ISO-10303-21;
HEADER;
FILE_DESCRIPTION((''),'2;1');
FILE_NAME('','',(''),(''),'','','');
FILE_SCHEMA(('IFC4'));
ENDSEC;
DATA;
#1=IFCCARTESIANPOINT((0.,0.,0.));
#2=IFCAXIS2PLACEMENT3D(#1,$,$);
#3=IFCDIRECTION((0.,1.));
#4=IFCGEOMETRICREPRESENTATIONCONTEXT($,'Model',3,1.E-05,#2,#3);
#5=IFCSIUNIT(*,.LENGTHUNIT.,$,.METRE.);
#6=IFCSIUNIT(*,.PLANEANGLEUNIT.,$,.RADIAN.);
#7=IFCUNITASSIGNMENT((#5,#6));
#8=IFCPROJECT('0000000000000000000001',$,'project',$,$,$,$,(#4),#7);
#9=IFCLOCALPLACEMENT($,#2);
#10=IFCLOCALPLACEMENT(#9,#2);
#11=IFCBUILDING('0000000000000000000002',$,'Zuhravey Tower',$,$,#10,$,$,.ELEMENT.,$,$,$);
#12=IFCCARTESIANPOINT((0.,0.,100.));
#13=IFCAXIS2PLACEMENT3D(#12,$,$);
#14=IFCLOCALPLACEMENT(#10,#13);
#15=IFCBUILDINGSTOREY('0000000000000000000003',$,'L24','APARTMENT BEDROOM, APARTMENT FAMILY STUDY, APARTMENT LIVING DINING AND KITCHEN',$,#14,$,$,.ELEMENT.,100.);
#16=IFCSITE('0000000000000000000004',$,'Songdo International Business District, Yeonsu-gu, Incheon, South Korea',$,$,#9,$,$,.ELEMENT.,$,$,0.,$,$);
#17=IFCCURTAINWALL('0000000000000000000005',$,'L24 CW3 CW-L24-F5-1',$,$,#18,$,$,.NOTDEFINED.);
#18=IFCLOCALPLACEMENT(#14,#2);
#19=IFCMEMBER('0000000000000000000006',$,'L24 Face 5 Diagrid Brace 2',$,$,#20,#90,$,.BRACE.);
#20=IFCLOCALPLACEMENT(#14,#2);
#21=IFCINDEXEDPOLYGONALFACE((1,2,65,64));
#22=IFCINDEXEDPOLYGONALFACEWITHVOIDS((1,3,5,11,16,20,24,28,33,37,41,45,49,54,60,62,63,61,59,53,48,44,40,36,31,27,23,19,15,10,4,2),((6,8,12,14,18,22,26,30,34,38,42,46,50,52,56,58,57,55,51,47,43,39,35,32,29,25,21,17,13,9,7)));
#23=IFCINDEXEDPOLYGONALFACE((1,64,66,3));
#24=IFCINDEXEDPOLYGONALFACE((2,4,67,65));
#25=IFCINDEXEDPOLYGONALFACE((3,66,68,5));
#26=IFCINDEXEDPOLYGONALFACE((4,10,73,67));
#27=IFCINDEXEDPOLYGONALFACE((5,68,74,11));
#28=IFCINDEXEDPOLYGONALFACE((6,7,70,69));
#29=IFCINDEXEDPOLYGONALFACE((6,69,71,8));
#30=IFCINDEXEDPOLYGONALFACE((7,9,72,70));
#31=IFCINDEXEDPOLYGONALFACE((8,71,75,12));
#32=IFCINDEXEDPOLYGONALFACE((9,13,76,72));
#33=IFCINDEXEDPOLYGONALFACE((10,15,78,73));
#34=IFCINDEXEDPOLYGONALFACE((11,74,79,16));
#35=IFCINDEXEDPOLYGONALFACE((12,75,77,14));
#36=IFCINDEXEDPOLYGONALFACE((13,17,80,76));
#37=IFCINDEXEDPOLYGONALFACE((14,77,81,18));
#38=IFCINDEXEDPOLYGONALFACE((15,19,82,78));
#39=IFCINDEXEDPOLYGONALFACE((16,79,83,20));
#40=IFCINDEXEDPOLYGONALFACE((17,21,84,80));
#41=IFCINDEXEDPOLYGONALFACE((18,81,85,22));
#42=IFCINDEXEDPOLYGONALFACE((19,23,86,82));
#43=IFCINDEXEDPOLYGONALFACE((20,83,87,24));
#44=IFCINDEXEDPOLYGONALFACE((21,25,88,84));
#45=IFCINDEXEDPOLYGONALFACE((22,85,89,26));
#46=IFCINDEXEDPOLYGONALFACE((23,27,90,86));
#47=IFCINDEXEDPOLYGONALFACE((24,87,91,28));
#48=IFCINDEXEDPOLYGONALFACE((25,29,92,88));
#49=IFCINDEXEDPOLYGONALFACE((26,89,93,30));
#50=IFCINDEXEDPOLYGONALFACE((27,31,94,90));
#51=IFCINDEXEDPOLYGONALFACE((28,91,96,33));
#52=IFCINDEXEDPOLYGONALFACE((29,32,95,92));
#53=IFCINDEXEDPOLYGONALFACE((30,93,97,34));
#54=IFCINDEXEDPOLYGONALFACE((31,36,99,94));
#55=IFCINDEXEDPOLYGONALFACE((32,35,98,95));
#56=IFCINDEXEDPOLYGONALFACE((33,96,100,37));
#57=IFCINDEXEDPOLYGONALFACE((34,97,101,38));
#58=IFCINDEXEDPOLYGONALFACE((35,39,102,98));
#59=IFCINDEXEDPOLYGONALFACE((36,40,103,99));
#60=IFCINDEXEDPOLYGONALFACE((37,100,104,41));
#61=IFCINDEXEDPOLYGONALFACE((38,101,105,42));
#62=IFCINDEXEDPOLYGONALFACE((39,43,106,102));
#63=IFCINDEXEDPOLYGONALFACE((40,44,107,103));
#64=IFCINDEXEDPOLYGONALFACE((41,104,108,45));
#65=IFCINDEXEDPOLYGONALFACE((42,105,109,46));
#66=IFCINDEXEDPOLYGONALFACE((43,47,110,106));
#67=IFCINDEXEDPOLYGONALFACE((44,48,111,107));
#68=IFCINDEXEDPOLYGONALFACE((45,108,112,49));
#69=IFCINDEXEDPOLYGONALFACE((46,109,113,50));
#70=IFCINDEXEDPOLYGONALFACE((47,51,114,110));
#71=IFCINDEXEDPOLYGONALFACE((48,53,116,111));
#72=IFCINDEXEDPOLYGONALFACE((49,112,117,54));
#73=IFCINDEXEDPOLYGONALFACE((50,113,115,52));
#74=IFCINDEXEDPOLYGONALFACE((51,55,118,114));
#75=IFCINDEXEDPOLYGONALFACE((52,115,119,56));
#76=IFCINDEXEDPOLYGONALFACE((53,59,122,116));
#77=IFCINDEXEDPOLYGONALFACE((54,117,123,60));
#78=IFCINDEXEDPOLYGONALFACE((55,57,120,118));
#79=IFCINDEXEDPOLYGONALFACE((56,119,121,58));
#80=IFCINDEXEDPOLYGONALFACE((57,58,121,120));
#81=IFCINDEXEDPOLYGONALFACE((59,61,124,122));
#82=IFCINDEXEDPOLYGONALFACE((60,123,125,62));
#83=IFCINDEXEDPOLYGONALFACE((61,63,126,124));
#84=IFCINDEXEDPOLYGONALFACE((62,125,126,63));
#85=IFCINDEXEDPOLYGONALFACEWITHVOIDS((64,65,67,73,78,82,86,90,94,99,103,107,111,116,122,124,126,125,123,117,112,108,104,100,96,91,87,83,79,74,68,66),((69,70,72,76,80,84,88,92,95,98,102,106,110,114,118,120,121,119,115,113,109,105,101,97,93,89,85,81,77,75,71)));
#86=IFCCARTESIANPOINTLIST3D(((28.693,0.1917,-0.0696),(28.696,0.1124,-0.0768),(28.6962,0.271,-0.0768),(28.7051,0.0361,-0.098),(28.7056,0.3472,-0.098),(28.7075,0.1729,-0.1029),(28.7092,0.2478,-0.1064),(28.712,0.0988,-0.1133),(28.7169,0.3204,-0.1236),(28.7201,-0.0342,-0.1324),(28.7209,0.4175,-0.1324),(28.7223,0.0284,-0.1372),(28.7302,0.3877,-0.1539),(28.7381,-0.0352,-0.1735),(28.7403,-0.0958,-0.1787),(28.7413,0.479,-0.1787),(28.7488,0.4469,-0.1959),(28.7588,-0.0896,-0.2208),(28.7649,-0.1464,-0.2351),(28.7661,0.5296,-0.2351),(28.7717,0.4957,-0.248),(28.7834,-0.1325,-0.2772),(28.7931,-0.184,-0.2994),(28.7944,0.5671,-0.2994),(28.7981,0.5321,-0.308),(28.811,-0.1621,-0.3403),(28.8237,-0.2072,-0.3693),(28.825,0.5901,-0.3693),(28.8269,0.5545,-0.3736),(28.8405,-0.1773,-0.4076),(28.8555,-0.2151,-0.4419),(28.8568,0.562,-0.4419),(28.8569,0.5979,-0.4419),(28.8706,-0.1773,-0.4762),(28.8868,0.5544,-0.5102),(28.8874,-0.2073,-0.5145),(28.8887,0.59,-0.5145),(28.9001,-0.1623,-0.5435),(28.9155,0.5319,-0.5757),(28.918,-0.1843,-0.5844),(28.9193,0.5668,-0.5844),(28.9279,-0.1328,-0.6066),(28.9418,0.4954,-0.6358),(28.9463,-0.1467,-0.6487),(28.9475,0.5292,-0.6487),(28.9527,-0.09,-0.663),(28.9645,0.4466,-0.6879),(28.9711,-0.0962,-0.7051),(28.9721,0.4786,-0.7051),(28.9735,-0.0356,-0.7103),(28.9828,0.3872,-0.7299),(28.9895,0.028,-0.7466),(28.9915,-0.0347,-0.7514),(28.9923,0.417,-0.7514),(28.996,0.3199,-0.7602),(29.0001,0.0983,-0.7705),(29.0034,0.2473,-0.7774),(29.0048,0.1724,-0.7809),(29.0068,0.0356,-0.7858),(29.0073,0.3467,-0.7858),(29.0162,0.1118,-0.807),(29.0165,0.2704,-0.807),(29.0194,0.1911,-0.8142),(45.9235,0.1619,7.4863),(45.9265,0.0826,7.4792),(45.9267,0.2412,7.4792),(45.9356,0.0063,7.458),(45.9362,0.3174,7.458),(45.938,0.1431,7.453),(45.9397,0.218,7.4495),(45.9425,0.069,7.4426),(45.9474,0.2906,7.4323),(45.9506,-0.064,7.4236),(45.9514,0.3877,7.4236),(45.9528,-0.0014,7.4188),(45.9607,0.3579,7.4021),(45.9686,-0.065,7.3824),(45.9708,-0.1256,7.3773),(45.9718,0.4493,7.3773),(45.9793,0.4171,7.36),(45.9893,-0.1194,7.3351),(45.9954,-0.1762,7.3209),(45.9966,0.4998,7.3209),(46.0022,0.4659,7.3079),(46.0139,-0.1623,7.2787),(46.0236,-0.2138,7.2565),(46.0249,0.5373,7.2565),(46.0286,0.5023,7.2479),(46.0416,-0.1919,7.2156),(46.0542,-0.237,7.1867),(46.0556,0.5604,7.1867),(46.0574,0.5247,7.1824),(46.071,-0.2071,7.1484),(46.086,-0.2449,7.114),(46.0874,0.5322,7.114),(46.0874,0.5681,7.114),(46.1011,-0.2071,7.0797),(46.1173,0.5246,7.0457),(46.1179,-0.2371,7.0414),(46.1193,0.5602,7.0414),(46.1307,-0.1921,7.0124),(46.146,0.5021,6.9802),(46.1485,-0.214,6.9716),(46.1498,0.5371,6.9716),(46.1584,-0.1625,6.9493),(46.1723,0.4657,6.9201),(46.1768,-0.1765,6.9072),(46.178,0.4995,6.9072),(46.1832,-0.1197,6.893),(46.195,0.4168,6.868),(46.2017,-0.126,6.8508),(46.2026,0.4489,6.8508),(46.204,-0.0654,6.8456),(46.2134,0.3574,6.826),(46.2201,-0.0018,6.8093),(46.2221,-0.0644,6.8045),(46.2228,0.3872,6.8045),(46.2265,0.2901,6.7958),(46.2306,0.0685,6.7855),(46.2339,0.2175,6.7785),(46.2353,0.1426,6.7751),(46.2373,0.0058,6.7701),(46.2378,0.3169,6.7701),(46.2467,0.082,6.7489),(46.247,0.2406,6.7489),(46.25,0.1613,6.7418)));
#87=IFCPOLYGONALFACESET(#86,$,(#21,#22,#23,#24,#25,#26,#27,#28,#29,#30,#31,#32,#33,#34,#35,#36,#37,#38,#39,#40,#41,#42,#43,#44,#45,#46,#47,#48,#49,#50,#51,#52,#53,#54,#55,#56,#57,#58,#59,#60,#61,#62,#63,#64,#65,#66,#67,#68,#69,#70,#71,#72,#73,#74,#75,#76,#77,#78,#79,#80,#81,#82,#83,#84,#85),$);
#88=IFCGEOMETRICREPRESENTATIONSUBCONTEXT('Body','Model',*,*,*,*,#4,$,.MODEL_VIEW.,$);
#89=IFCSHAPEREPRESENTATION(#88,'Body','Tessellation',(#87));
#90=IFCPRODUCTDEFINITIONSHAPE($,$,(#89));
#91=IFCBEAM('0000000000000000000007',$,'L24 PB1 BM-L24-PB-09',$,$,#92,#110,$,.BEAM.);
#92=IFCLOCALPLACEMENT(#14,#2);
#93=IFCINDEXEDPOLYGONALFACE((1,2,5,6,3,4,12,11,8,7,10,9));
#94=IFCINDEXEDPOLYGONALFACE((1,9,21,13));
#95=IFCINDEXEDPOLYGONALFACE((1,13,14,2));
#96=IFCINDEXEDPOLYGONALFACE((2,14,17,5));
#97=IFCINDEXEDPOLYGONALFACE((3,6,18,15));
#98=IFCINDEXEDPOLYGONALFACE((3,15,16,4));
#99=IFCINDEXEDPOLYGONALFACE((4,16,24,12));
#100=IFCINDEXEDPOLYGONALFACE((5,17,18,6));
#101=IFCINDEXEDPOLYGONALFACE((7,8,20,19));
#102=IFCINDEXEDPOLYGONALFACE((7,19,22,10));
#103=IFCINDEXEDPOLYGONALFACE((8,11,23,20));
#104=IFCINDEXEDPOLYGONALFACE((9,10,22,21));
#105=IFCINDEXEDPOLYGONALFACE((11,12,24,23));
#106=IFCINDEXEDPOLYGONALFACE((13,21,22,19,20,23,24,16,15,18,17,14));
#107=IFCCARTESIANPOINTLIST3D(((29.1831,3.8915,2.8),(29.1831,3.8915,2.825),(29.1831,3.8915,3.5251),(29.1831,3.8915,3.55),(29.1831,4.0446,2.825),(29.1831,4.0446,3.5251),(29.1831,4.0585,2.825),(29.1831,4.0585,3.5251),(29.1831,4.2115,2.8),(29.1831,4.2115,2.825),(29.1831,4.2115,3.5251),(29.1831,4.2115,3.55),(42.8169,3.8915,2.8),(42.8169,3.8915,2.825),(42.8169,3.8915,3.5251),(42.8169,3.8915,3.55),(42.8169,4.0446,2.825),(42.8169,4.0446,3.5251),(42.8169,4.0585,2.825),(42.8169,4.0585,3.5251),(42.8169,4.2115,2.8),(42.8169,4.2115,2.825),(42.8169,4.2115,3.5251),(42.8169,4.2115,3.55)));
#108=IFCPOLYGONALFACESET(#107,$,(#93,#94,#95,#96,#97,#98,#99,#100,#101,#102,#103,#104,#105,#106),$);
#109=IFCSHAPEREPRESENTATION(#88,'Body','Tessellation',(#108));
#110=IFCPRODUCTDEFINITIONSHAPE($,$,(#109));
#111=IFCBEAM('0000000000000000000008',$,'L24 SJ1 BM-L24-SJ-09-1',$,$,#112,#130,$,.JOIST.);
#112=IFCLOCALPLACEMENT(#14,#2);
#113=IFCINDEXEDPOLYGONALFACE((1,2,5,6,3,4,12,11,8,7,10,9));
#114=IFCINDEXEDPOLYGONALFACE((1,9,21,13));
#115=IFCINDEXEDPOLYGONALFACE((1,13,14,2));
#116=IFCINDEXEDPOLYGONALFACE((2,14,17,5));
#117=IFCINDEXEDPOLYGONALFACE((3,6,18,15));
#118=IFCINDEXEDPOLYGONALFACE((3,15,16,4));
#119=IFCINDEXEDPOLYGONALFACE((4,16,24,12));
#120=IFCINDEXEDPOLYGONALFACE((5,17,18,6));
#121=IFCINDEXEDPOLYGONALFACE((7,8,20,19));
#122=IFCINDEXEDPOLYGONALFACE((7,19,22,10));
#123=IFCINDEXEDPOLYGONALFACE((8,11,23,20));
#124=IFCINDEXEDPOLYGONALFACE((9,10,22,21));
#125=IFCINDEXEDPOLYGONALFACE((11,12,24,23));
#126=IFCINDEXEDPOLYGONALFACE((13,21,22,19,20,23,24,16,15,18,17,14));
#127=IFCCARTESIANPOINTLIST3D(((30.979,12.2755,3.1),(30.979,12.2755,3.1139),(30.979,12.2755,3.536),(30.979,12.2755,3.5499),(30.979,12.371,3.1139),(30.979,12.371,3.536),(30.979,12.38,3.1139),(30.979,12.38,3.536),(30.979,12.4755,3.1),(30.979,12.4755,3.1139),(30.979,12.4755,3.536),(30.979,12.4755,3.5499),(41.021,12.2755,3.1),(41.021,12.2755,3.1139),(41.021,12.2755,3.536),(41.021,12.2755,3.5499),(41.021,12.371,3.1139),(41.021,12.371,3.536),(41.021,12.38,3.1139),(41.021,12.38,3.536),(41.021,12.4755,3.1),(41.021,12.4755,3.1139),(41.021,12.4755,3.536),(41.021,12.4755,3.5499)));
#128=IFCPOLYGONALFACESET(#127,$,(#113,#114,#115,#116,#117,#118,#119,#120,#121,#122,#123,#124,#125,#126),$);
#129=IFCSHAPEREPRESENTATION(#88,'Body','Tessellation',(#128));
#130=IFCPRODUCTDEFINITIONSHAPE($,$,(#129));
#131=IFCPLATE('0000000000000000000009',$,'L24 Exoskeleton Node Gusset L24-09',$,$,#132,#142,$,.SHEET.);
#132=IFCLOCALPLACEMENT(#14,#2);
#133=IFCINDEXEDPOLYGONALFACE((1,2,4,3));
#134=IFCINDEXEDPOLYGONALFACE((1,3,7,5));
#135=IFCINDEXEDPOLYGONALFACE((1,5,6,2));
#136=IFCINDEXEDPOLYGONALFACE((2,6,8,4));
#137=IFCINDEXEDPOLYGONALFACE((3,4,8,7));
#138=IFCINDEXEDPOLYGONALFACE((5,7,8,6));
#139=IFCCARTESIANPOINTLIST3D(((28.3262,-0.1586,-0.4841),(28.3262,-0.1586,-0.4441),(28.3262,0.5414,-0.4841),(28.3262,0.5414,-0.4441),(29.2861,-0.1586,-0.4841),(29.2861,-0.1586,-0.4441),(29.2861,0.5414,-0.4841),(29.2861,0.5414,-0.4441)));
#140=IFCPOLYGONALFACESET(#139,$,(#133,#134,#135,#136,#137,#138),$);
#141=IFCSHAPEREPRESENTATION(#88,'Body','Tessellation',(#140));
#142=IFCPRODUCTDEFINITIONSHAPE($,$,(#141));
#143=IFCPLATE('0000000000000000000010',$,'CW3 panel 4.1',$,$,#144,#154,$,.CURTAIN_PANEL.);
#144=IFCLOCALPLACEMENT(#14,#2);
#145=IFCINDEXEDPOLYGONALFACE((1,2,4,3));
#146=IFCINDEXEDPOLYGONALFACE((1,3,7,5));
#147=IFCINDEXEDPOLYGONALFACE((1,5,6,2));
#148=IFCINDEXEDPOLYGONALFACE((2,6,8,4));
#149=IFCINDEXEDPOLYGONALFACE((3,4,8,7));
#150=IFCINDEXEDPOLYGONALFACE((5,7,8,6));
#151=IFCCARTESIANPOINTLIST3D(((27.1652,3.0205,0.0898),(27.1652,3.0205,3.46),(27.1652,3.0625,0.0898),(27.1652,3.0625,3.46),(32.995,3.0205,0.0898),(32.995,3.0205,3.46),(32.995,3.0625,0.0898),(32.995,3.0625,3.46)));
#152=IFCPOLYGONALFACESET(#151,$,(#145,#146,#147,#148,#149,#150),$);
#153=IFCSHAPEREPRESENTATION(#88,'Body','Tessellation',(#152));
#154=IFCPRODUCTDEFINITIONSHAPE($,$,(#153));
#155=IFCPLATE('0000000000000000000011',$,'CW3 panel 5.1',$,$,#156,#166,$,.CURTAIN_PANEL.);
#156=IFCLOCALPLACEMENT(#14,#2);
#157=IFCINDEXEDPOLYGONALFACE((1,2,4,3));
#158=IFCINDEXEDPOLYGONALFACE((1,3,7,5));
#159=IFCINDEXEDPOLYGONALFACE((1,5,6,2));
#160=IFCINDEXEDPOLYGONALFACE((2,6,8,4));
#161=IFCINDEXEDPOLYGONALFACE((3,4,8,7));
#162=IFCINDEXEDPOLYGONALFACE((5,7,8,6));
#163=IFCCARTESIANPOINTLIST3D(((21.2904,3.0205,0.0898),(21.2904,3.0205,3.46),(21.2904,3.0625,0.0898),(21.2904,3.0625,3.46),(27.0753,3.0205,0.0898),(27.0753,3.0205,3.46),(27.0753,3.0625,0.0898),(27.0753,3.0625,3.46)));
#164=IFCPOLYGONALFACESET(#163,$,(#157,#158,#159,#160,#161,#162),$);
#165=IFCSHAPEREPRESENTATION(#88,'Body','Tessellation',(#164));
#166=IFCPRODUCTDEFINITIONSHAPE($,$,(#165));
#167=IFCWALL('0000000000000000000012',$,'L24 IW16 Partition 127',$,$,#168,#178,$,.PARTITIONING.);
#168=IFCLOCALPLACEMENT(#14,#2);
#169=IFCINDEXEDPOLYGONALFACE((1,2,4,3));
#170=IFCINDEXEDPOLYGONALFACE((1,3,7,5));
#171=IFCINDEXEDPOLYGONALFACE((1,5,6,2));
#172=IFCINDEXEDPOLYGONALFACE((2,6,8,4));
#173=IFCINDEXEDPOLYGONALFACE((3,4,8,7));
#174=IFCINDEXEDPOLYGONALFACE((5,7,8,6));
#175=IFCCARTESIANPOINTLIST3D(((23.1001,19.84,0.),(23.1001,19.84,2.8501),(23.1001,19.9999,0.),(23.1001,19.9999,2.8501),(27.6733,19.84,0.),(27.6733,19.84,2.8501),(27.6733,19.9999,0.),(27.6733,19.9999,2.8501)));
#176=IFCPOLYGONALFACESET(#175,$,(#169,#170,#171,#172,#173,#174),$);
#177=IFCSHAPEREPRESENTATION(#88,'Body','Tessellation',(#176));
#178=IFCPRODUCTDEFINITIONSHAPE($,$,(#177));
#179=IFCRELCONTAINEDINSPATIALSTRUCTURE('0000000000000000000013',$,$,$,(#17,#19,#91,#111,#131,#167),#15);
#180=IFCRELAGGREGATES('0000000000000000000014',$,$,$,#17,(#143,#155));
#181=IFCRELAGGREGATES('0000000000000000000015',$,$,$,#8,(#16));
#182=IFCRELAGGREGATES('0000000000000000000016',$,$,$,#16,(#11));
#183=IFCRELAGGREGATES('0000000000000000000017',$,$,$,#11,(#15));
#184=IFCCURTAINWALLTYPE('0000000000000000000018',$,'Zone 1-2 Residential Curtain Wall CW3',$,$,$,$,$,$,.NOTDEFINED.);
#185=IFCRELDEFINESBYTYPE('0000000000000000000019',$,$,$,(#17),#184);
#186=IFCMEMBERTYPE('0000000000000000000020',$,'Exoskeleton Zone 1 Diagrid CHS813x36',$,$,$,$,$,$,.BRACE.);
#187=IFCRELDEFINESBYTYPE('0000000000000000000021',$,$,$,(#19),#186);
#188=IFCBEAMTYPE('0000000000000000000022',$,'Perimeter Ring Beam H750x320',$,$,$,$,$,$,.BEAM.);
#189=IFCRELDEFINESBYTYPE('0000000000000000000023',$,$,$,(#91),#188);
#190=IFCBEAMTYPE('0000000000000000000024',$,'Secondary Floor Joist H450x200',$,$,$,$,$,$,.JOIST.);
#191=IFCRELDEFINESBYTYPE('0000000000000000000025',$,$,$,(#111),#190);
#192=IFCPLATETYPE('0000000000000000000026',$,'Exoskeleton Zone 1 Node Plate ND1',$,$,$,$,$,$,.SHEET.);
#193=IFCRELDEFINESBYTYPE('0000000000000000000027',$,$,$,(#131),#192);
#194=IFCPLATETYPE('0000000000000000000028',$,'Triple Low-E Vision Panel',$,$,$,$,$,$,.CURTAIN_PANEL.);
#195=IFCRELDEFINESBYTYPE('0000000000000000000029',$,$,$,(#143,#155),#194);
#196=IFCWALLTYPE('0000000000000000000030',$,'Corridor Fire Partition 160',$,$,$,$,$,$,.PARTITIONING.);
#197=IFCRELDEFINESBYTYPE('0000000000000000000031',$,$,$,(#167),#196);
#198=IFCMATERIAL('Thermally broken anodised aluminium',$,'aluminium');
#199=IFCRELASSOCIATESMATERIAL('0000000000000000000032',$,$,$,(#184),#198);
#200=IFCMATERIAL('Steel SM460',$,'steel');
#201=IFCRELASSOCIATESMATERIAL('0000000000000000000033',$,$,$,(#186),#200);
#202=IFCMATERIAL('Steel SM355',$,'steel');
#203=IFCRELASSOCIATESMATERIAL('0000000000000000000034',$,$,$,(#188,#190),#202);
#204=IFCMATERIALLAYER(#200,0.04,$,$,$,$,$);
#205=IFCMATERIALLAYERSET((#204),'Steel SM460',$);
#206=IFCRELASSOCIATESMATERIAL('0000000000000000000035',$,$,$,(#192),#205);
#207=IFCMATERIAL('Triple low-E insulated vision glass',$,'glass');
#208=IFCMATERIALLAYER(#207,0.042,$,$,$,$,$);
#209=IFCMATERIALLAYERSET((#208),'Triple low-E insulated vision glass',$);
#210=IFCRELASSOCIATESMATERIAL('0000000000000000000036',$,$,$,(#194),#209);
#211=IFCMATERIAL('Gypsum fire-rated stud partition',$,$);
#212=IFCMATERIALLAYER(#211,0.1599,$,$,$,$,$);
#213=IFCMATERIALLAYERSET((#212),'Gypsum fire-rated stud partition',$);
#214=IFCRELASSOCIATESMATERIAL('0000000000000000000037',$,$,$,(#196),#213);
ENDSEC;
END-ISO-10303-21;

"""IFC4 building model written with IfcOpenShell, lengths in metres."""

from ifc_helpers import new_model, si_unit, direction, frame, frame_2d, origin, origin_2d, place, context, subcontext, project, spatial, rectangle, hollow_circle, i_section, extrude, material, layer, layer_set, material_profile, profile_set, type_object, element, aggregate, save


model = new_model("IFC4")

# Units and contexts
model_context = context("Model", 3, precision=1e-05, world=origin(), true_north=direction((0.0, 1.0)))
body_context = subcontext(model_context, "Body", "Model", "MODEL_VIEW")
ifc_project = project(units=[si_unit("LENGTHUNIT", "METRE"), si_unit("PLANEANGLEUNIT", "RADIAN")], contexts=[model_context])

# Site, building, storey
site_placement = place(None, origin())
site = spatial("IfcSite", under=ifc_project, at=site_placement, Name="Songdo International Business District, Yeonsu-gu, Incheon, South Korea", CompositionType="ELEMENT", RefElevation=0.0)
building_placement = place(site_placement, origin())
building = spatial("IfcBuilding", under=site, at=building_placement, Name="Zuhravey Tower", CompositionType="ELEMENT")
storey_placement = place(building_placement, frame((0.0, 0.0, 100.0)))
storey = spatial("IfcBuildingStorey", under=building, at=storey_placement, Name="L24", Description="APARTMENT BEDROOM, APARTMENT FAMILY STUDY, APARTMENT LIVING DINING AND KITCHEN", CompositionType="ELEMENT", Elevation=100.0)

# Curtain wall
ifc_material_1 = material(Name="Thermally broken anodised aluminium", Category="aluminium")
curtain_wall_type = type_object("IfcCurtainWallType", Name="Zone 1-2 Residential Curtain Wall CW3", PredefinedType="NOTDEFINED", material=ifc_material_1)
curtain_wall_placement = place(storey_placement, origin())
curtain_wall = element("IfcCurtainWall", 1, at=curtain_wall_placement, inside=storey, type_object=curtain_wall_type, Name="L24 CW3 CW-L24-F5-1", PredefinedType="NOTDEFINED")

# Member
ifc_material_2 = material(Name="Steel SM355", Category="steel")
ifc_material_3 = material(Name="Steel SM460", Category="steel")
ifc_material_profile_1 = material_profile(ifc_material_3, hollow_circle(Radius=0.4065, WallThickness=0.0359, at=origin_2d()), Name="CHS-812.8x36")
ifc_profile_set_1 = profile_set([ifc_material_profile_1], Name="Steel SM460")
member_type_1 = type_object("IfcMemberType", Name="Exoskeleton Zone 1 Diagrid CHS813x36", PredefinedType="BRACE", material=ifc_profile_set_1)
member_1_placement = place(storey_placement, frame((28.8562, 0.1914, -0.4419), z_axis=(0.915813, -0.001583, 0.401602), x_axis=(0.001729, 0.999999, 0.0)))
element("IfcMember", 2, at=member_1_placement, inside=storey, type_object=member_type_1, Name="L24 Face 5 Diagrid Brace 2", PredefinedType="BRACE", context=body_context, shape_type="SweptSolid", body=[
    extrude(hollow_circle(Radius=0.4065, WallThickness=0.0359, at=origin_2d()), origin(), (0.0, 0.0, 1.0), 18.8145),
])

# Beams
ifc_material_profile_2 = material_profile(ifc_material_2, i_section(OverallWidth=0.3201, OverallDepth=0.75, WebThickness=0.0139, FlangeThickness=0.0249, at=origin_2d()), Name="H-750x320x14x25")
ifc_profile_set_2 = profile_set([ifc_material_profile_2], Name="Steel SM355")
beam_type_1 = type_object("IfcBeamType", Name="Perimeter Ring Beam H750x320", PredefinedType="BEAM", material=ifc_profile_set_2)
beam_1_placement = place(storey_placement, frame((29.1831, 4.0515, 3.175), z_axis=(1.0, 0.0, 0.0), x_axis=(0.0, 1.0, 0.0)))
element("IfcBeam", 3, at=beam_1_placement, inside=storey, type_object=beam_type_1, Name="L24 PB1 BM-L24-PB-09", PredefinedType="BEAM", context=body_context, shape_type="SweptSolid", body=[
    extrude(i_section(OverallWidth=0.3201, OverallDepth=0.75, WebThickness=0.0139, FlangeThickness=0.0249, at=origin_2d()), origin(), (0.0, 0.0, 1.0), 13.6338),
])
ifc_material_profile_3 = material_profile(ifc_material_2, i_section(OverallWidth=0.2, OverallDepth=0.45, WebThickness=0.009, FlangeThickness=0.0139, at=origin_2d()), Name="H-450x200x9x14")
ifc_profile_set_3 = profile_set([ifc_material_profile_3], Name="Steel SM355")
beam_type_2 = type_object("IfcBeamType", Name="Secondary Floor Joist H450x200", PredefinedType="JOIST", material=ifc_profile_set_3)
beam_2_placement = place(storey_placement, frame((30.979, 12.3755, 3.325), z_axis=(1.0, 0.0, 0.0), x_axis=(0.0, 1.0, 0.0)))
element("IfcBeam", 4, at=beam_2_placement, inside=storey, type_object=beam_type_2, Name="L24 SJ1 BM-L24-SJ-09-1", PredefinedType="JOIST", context=body_context, shape_type="SweptSolid", body=[
    extrude(i_section(OverallWidth=0.2, OverallDepth=0.45, WebThickness=0.009, FlangeThickness=0.0139, at=origin_2d()), origin(), (0.0, 0.0, 1.0), 10.042),
])

# Plates
ifc_layer_1 = layer(ifc_material_3, 0.04)
ifc_layer_set_1 = layer_set([ifc_layer_1], Name="Steel SM460")
plate_type_1 = type_object("IfcPlateType", Name="Exoskeleton Zone 1 Node Plate ND1", PredefinedType="SHEET", material=ifc_layer_set_1)
plate_1_placement = place(storey_placement, frame((28.8062, 0.1914, -0.4841), z_axis=(0.0, 0.0, 1.0), x_axis=(1.0, 0.0, 0.0)))
element("IfcPlate", 5, at=plate_1_placement, inside=storey, type_object=plate_type_1, Name="L24 Exoskeleton Node Gusset L24-09", PredefinedType="SHEET", context=body_context, shape_type="SweptSolid", body=[
    extrude(rectangle(XDim=0.96, YDim=0.7, at=origin_2d()), origin(), (0.0, 0.0, 1.0), 0.04),
])
ifc_material_4 = material(Name="Triple low-E insulated vision glass", Category="glass")
ifc_layer_2 = layer(ifc_material_4, 0.042)
ifc_layer_set_2 = layer_set([ifc_layer_2], Name="Triple low-E insulated vision glass")
plate_type_2 = type_object("IfcPlateType", Name="Triple Low-E Vision Panel", PredefinedType="CURTAIN_PANEL", material=ifc_layer_set_2)
plate_2_placement = place(storey_placement, frame((30.0801, 3.0415, 0.0898), z_axis=(0.0, 0.0, 1.0), x_axis=(-1.0, 0.0, 0.0)))
plate_2 = element("IfcPlate", 6, at=plate_2_placement, type_object=plate_type_2, Name="CW3 panel 4.1", PredefinedType="CURTAIN_PANEL", context=body_context, shape_type="SweptSolid", body=[
    extrude(rectangle(XDim=5.8298, YDim=0.042, at=origin_2d()), origin(), (0.0, 0.0, 1.0), 3.3701),
])
plate_3_placement = place(storey_placement, frame((24.1829, 3.0415, 0.0898), z_axis=(0.0, 0.0, 1.0), x_axis=(-1.0, 0.0, 0.0)))
plate_3 = element("IfcPlate", 7, at=plate_3_placement, type_object=plate_type_2, Name="CW3 panel 5.1", PredefinedType="CURTAIN_PANEL", context=body_context, shape_type="SweptSolid", body=[
    extrude(rectangle(XDim=5.7849, YDim=0.042, at=origin_2d()), origin(), (0.0, 0.0, 1.0), 3.3701),
])
aggregate(curtain_wall, [plate_2, plate_3])

# Shared definitions
ifc_material_5 = material(Name="Gypsum fire-rated stud partition")
ifc_layer_3 = layer(ifc_material_5, 0.1599)
ifc_layer_set_3 = layer_set([ifc_layer_3], Name="Gypsum fire-rated stud partition")
wall_type_1 = type_object("IfcWallType", Name="Corridor Fire Partition 160", PredefinedType="PARTITIONING", material=ifc_layer_set_3)

# Wall
wall_1_placement = place(storey_placement, frame((23.1001, 19.9199, 0.0), z_axis=(0.0, 0.0, 1.0), x_axis=(1.0, 0.0, 0.0)))
element("IfcWall", 8, at=wall_1_placement, inside=storey, type_object=wall_type_1, Name="L24 IW16 Partition 127", PredefinedType="PARTITIONING", context=body_context, shape_type="SweptSolid", body=[
    extrude(rectangle(XDim=4.5732, YDim=0.1599, at=frame_2d((2.2866, 0.0))), origin(), (0.0, 0.0, 1.0), 2.8501),
])

save(model, "model.ifc")
